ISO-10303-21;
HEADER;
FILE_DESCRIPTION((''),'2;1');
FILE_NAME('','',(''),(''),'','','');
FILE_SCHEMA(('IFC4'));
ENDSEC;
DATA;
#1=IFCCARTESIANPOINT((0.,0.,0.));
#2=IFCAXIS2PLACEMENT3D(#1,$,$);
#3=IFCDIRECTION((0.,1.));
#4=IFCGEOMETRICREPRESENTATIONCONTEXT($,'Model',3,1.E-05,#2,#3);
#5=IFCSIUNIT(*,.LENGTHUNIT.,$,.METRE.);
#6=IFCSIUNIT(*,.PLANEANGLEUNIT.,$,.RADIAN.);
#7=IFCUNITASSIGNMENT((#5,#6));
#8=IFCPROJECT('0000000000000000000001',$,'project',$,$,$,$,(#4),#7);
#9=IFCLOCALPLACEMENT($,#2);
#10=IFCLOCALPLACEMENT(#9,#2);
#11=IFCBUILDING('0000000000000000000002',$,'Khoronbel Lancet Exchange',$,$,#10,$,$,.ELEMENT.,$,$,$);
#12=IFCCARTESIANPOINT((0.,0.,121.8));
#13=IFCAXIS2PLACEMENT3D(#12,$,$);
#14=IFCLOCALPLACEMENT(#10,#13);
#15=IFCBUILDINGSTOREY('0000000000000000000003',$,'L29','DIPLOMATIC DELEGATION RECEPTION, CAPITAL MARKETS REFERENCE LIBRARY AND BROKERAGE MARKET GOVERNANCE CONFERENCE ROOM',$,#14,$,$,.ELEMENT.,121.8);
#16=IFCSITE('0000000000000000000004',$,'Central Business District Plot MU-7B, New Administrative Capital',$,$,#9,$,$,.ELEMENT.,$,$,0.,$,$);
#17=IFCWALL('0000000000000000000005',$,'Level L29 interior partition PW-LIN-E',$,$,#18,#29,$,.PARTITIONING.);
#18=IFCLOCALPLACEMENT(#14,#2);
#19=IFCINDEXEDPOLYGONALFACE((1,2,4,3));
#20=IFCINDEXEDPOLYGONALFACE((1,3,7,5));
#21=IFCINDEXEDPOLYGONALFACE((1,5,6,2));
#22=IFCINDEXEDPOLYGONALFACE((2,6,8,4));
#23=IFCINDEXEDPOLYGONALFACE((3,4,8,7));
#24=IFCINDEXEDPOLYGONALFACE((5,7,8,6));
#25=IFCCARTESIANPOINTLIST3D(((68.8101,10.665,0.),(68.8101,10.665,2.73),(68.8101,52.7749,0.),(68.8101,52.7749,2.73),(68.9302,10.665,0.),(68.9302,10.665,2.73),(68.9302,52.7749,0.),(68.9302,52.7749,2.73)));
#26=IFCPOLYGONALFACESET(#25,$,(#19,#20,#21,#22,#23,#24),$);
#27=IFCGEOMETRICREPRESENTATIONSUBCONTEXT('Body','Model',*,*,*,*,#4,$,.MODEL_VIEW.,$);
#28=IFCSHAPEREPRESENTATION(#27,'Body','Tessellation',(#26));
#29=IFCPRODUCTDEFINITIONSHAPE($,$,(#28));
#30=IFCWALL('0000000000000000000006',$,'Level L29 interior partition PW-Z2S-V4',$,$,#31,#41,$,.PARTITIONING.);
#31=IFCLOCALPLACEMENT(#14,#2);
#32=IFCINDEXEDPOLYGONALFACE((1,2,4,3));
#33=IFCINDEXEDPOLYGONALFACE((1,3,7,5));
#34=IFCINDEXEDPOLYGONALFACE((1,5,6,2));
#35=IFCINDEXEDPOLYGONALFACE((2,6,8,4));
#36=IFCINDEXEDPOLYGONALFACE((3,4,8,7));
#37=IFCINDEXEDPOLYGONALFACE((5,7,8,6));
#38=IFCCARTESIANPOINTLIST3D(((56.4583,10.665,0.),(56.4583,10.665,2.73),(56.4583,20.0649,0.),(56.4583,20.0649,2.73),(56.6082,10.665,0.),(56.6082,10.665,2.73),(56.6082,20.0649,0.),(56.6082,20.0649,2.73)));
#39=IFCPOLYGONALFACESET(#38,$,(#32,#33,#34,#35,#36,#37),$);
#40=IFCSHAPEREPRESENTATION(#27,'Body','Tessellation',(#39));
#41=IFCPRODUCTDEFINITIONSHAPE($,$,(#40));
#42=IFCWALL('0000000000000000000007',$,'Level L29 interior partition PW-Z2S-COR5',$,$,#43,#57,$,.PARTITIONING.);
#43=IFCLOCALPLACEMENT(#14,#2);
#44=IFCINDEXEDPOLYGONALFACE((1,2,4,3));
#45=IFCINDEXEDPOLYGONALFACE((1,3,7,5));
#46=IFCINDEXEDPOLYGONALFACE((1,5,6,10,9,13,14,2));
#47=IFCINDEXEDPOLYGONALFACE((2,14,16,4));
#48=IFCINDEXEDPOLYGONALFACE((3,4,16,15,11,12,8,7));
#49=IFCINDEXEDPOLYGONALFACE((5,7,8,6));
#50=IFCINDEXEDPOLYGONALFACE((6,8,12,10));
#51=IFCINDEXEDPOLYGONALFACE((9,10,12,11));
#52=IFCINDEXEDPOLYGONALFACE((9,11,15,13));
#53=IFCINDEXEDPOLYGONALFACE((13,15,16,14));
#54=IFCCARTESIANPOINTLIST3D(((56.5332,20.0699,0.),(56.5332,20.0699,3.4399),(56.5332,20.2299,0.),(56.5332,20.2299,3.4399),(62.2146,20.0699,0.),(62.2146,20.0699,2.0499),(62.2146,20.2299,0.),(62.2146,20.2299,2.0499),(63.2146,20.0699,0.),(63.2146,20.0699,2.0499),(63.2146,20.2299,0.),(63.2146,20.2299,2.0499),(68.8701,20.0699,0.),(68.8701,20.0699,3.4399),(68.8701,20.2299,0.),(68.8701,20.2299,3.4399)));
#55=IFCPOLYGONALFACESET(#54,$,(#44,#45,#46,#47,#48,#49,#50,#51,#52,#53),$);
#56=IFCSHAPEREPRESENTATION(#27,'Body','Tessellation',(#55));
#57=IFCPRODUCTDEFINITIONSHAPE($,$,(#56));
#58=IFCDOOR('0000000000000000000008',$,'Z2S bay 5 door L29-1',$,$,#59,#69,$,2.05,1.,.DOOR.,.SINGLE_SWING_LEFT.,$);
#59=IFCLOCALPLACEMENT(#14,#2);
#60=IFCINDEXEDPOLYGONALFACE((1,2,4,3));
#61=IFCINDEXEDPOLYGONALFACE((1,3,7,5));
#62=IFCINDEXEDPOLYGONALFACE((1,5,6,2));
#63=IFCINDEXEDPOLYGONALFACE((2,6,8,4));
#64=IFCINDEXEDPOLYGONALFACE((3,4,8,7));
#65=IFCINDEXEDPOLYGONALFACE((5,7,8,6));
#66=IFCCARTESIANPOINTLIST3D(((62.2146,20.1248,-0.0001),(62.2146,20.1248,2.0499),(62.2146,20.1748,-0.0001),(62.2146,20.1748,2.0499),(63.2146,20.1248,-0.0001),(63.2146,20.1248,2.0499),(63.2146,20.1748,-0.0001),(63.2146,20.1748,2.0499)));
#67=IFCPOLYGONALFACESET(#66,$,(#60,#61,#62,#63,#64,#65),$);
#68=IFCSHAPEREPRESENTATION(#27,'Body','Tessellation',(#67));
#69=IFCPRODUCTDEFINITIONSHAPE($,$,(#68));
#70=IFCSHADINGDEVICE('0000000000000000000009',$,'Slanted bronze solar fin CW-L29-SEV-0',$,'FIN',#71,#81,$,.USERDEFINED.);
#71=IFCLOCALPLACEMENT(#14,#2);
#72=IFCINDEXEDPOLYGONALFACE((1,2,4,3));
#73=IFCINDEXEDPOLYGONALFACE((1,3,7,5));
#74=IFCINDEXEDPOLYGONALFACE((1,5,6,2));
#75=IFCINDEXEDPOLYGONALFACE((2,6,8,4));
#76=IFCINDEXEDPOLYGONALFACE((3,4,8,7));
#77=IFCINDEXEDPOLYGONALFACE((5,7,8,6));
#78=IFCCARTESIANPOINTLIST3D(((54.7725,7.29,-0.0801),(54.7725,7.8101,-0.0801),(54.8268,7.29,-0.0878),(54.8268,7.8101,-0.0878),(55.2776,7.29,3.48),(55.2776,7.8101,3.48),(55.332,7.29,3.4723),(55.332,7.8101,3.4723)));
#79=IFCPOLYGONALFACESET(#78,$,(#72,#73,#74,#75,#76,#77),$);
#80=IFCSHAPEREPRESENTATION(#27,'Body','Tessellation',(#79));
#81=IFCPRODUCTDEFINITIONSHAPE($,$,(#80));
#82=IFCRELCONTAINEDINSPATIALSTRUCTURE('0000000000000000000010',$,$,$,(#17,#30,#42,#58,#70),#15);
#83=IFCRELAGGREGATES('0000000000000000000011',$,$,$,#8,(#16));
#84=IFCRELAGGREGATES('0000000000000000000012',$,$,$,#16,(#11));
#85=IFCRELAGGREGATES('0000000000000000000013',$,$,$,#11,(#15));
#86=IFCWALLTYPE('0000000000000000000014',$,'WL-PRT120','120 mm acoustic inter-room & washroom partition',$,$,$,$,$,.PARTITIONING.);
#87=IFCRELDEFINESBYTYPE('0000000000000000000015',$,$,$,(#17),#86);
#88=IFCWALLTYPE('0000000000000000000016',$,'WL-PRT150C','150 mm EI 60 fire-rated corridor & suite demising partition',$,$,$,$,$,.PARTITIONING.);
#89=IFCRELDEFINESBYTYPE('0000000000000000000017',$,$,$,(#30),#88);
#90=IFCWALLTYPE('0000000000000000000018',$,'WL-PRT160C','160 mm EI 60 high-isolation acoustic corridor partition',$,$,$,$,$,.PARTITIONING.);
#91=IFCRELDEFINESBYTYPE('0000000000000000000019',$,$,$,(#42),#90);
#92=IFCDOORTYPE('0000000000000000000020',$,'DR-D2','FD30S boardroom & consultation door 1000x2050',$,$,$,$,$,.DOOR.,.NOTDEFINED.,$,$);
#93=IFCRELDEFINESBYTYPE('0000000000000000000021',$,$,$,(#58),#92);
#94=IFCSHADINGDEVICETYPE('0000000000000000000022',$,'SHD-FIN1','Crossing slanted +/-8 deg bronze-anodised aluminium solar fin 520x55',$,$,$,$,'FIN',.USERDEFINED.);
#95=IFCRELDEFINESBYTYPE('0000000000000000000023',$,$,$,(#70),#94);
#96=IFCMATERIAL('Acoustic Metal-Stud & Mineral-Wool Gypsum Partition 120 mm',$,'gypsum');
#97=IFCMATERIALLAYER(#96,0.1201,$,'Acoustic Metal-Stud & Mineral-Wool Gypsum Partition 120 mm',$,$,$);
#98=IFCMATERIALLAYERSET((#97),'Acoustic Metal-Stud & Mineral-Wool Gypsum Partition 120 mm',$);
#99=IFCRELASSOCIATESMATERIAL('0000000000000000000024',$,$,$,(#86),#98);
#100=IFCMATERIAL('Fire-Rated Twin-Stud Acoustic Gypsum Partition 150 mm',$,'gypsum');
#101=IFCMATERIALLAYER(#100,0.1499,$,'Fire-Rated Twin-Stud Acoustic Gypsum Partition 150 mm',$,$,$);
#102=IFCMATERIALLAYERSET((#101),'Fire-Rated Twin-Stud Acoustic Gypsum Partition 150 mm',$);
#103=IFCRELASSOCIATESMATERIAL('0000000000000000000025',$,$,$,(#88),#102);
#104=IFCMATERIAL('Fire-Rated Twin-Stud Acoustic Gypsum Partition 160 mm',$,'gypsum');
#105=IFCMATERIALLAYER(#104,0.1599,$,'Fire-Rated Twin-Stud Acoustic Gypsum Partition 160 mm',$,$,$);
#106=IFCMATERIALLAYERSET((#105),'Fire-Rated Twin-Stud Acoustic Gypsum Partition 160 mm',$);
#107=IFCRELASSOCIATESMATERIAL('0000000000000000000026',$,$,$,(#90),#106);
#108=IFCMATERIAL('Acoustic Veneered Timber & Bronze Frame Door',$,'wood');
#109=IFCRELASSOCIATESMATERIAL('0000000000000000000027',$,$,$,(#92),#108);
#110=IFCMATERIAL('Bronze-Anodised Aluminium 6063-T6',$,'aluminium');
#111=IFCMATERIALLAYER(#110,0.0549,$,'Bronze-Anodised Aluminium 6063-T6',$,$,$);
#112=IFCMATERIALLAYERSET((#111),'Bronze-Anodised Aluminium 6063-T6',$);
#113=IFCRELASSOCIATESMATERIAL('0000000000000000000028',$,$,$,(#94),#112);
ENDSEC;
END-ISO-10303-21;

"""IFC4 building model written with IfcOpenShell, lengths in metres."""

from ifc_helpers import new_model, si_unit, direction, frame, frame_2d, origin, place, context, subcontext, project, spatial, polyline, rectangle, outline, extrude, material, layer, layer_set, type_object, element, fill, save


model = new_model("IFC4")

# Units and contexts
model_context = context("Model", 3, precision=1e-05, world=origin(), true_north=direction((0.0, 1.0)))
body_context = subcontext(model_context, "Body", "Model", "MODEL_VIEW")
ifc_project = project(units=[si_unit("LENGTHUNIT", "METRE"), si_unit("PLANEANGLEUNIT", "RADIAN")], contexts=[model_context])

# Site, building, storey
site_placement = place(None, origin())
site = spatial("IfcSite", under=ifc_project, at=site_placement, Name="Central Business District Plot MU-7B, New Administrative Capital", CompositionType="ELEMENT", RefElevation=0.0)
building_placement = place(site_placement, origin())
building = spatial("IfcBuilding", under=site, at=building_placement, Name="Khoronbel Lancet Exchange", CompositionType="ELEMENT")
storey_placement = place(building_placement, frame((0.0, 0.0, 121.8)))
storey = spatial("IfcBuildingStorey", under=building, at=storey_placement, Name="L29", Description="DIPLOMATIC DELEGATION RECEPTION, CAPITAL MARKETS REFERENCE LIBRARY AND BROKERAGE MARKET GOVERNANCE CONFERENCE ROOM", CompositionType="ELEMENT", Elevation=121.8)

# Shared definitions
ifc_material_1 = material(Name="Bronze-Anodised Aluminium 6063-T6", Category="aluminium")

# Shared definitions
ifc_material_2 = material(Name="Acoustic Metal-Stud & Mineral-Wool Gypsum Partition 120 mm", Category="gypsum")
ifc_layer_1 = layer(ifc_material_2, 0.1201, Name="Acoustic Metal-Stud & Mineral-Wool Gypsum Partition 120 mm")
ifc_layer_set_1 = layer_set([ifc_layer_1], Name="Acoustic Metal-Stud & Mineral-Wool Gypsum Partition 120 mm")
wall_type_1 = type_object("IfcWallType", Name="WL-PRT120", Description="120 mm acoustic inter-room & washroom partition", PredefinedType="PARTITIONING", material=ifc_layer_set_1)

# Walls
wall_1_placement = place(storey_placement, frame((68.8701, 10.665, 0.0), z_axis=(0.0, 0.0, 1.0), x_axis=(0.0, 1.0, 0.0)))
element("IfcWall", 1, at=wall_1_placement, inside=storey, type_object=wall_type_1, Name="Level L29 interior partition PW-LIN-E", PredefinedType="PARTITIONING", context=body_context, shape_type="SweptSolid", body=[
    extrude(rectangle(XDim=42.1099, YDim=0.1201, at=frame_2d((21.0549, 0.0))), origin(), (0.0, 0.0, 1.0), 2.73),
])
ifc_material_3 = material(Name="Fire-Rated Twin-Stud Acoustic Gypsum Partition 150 mm", Category="gypsum")
ifc_layer_2 = layer(ifc_material_3, 0.1499, Name="Fire-Rated Twin-Stud Acoustic Gypsum Partition 150 mm")
ifc_layer_set_2 = layer_set([ifc_layer_2], Name="Fire-Rated Twin-Stud Acoustic Gypsum Partition 150 mm")
wall_type_2 = type_object("IfcWallType", Name="WL-PRT150C", Description="150 mm EI 60 fire-rated corridor & suite demising partition", PredefinedType="PARTITIONING", material=ifc_layer_set_2)
wall_2_placement = place(storey_placement, frame((56.5332, 10.665, 0.0), z_axis=(0.0, 0.0, 1.0), x_axis=(0.0, 1.0, 0.0)))
element("IfcWall", 2, at=wall_2_placement, inside=storey, type_object=wall_type_2, Name="Level L29 interior partition PW-Z2S-V4", PredefinedType="PARTITIONING", context=body_context, shape_type="SweptSolid", body=[
    extrude(rectangle(XDim=9.3999, YDim=0.1499, at=frame_2d((4.7, 0.0))), origin(), (0.0, 0.0, 1.0), 2.73),
])

# Wall, opening, door
ifc_material_4 = material(Name="Fire-Rated Twin-Stud Acoustic Gypsum Partition 160 mm", Category="gypsum")
ifc_layer_3 = layer(ifc_material_4, 0.1599, Name="Fire-Rated Twin-Stud Acoustic Gypsum Partition 160 mm")
ifc_layer_set_3 = layer_set([ifc_layer_3], Name="Fire-Rated Twin-Stud Acoustic Gypsum Partition 160 mm")
wall_type_3 = type_object("IfcWallType", Name="WL-PRT160C", Description="160 mm EI 60 high-isolation acoustic corridor partition", PredefinedType="PARTITIONING", material=ifc_layer_set_3)
wall_3_placement = place(storey_placement, frame((56.5332, 20.1499, 0.0), z_axis=(0.0, 0.0, 1.0), x_axis=(1.0, 0.0, 0.0)))
wall_3 = element("IfcWall", 3, at=wall_3_placement, inside=storey, type_object=wall_type_3, Name="Level L29 interior partition PW-Z2S-COR5", PredefinedType="PARTITIONING", context=body_context, shape_type="SweptSolid", body=[
    extrude(rectangle(XDim=12.3369, YDim=0.1599, at=frame_2d((6.1685, 0.0))), origin(), (0.0, 0.0, 1.0), 3.4399),
])
opening_1_placement = place(wall_3_placement, frame((5.6814, 0.0, 0.0)))
opening_1 = element("IfcOpeningElement", 4, at=opening_1_placement, cuts=wall_3, PredefinedType="OPENING", context=body_context, shape_type="SweptSolid", body=[
    extrude(rectangle(XDim=1.0, YDim=2.05, at=frame_2d((0.5, 1.0249))), frame((0.0, 0.0898, 0.0), z_axis=(0.0, -1.0, 0.0), x_axis=(1.0, 0.0, 0.0)), (0.0, 0.0, 1.0), 0.1799),
])
ifc_material_5 = material(Name="Acoustic Veneered Timber & Bronze Frame Door", Category="wood")
door_type_1 = type_object("IfcDoorType", Name="DR-D2", Description="FD30S boardroom & consultation door 1000x2050", OperationType="NOTDEFINED", PredefinedType="DOOR", material=ifc_material_5)
door_1_placement = place(opening_1_placement, origin())
door_1 = element("IfcDoor", 5, at=door_1_placement, inside=storey, type_object=door_type_1, Name="Z2S bay 5 door L29-1", OperationType="SINGLE_SWING_LEFT", OverallHeight=2.05, OverallWidth=1.0, PredefinedType="DOOR", context=body_context, shape_type="SweptSolid", body=[
    extrude(rectangle(XDim=1.0, YDim=2.05, at=frame_2d((0.5, 1.0249))), frame((0.0, 0.0249, 0.0), z_axis=(0.0, -1.0, 0.0), x_axis=(1.0, 0.0, 0.0)), (0.0, 0.0, 1.0), 0.05),
])
fill(opening_1, door_1)

# Shading device
ifc_layer_4 = layer(ifc_material_1, 0.0549, Name="Bronze-Anodised Aluminium 6063-T6")
ifc_layer_set_4 = layer_set([ifc_layer_4], Name="Bronze-Anodised Aluminium 6063-T6")
shading_device_type = type_object("IfcShadingDeviceType", Name="SHD-FIN1", Description="Crossing slanted +/-8 deg bronze-anodised aluminium solar fin 520x55", ElementType="FIN", PredefinedType="USERDEFINED", material=ifc_layer_set_4)
shading_device_placement = place(storey_placement, frame((54.7725, 7.8101, -0.0801), z_axis=(-0.990083, 0.0, 0.14048), x_axis=(0.0, -1.0, 0.0)))
element("IfcShadingDevice", 6, at=shading_device_placement, inside=storey, type_object=shading_device_type, Name="Slanted bronze solar fin CW-L29-SEV-0", ObjectType="FIN", PredefinedType="USERDEFINED", context=body_context, shape_type="SweptSolid", body=[
    extrude(outline(polyline([(0.0, 0.0), (0.52, 0.0), (0.52, 3.5957), (0.0, 3.5957), (0.0, 0.0)])), origin(), (0.0, 0.0, -1.0), 0.0549),
])

save(model, "model.ifc")
